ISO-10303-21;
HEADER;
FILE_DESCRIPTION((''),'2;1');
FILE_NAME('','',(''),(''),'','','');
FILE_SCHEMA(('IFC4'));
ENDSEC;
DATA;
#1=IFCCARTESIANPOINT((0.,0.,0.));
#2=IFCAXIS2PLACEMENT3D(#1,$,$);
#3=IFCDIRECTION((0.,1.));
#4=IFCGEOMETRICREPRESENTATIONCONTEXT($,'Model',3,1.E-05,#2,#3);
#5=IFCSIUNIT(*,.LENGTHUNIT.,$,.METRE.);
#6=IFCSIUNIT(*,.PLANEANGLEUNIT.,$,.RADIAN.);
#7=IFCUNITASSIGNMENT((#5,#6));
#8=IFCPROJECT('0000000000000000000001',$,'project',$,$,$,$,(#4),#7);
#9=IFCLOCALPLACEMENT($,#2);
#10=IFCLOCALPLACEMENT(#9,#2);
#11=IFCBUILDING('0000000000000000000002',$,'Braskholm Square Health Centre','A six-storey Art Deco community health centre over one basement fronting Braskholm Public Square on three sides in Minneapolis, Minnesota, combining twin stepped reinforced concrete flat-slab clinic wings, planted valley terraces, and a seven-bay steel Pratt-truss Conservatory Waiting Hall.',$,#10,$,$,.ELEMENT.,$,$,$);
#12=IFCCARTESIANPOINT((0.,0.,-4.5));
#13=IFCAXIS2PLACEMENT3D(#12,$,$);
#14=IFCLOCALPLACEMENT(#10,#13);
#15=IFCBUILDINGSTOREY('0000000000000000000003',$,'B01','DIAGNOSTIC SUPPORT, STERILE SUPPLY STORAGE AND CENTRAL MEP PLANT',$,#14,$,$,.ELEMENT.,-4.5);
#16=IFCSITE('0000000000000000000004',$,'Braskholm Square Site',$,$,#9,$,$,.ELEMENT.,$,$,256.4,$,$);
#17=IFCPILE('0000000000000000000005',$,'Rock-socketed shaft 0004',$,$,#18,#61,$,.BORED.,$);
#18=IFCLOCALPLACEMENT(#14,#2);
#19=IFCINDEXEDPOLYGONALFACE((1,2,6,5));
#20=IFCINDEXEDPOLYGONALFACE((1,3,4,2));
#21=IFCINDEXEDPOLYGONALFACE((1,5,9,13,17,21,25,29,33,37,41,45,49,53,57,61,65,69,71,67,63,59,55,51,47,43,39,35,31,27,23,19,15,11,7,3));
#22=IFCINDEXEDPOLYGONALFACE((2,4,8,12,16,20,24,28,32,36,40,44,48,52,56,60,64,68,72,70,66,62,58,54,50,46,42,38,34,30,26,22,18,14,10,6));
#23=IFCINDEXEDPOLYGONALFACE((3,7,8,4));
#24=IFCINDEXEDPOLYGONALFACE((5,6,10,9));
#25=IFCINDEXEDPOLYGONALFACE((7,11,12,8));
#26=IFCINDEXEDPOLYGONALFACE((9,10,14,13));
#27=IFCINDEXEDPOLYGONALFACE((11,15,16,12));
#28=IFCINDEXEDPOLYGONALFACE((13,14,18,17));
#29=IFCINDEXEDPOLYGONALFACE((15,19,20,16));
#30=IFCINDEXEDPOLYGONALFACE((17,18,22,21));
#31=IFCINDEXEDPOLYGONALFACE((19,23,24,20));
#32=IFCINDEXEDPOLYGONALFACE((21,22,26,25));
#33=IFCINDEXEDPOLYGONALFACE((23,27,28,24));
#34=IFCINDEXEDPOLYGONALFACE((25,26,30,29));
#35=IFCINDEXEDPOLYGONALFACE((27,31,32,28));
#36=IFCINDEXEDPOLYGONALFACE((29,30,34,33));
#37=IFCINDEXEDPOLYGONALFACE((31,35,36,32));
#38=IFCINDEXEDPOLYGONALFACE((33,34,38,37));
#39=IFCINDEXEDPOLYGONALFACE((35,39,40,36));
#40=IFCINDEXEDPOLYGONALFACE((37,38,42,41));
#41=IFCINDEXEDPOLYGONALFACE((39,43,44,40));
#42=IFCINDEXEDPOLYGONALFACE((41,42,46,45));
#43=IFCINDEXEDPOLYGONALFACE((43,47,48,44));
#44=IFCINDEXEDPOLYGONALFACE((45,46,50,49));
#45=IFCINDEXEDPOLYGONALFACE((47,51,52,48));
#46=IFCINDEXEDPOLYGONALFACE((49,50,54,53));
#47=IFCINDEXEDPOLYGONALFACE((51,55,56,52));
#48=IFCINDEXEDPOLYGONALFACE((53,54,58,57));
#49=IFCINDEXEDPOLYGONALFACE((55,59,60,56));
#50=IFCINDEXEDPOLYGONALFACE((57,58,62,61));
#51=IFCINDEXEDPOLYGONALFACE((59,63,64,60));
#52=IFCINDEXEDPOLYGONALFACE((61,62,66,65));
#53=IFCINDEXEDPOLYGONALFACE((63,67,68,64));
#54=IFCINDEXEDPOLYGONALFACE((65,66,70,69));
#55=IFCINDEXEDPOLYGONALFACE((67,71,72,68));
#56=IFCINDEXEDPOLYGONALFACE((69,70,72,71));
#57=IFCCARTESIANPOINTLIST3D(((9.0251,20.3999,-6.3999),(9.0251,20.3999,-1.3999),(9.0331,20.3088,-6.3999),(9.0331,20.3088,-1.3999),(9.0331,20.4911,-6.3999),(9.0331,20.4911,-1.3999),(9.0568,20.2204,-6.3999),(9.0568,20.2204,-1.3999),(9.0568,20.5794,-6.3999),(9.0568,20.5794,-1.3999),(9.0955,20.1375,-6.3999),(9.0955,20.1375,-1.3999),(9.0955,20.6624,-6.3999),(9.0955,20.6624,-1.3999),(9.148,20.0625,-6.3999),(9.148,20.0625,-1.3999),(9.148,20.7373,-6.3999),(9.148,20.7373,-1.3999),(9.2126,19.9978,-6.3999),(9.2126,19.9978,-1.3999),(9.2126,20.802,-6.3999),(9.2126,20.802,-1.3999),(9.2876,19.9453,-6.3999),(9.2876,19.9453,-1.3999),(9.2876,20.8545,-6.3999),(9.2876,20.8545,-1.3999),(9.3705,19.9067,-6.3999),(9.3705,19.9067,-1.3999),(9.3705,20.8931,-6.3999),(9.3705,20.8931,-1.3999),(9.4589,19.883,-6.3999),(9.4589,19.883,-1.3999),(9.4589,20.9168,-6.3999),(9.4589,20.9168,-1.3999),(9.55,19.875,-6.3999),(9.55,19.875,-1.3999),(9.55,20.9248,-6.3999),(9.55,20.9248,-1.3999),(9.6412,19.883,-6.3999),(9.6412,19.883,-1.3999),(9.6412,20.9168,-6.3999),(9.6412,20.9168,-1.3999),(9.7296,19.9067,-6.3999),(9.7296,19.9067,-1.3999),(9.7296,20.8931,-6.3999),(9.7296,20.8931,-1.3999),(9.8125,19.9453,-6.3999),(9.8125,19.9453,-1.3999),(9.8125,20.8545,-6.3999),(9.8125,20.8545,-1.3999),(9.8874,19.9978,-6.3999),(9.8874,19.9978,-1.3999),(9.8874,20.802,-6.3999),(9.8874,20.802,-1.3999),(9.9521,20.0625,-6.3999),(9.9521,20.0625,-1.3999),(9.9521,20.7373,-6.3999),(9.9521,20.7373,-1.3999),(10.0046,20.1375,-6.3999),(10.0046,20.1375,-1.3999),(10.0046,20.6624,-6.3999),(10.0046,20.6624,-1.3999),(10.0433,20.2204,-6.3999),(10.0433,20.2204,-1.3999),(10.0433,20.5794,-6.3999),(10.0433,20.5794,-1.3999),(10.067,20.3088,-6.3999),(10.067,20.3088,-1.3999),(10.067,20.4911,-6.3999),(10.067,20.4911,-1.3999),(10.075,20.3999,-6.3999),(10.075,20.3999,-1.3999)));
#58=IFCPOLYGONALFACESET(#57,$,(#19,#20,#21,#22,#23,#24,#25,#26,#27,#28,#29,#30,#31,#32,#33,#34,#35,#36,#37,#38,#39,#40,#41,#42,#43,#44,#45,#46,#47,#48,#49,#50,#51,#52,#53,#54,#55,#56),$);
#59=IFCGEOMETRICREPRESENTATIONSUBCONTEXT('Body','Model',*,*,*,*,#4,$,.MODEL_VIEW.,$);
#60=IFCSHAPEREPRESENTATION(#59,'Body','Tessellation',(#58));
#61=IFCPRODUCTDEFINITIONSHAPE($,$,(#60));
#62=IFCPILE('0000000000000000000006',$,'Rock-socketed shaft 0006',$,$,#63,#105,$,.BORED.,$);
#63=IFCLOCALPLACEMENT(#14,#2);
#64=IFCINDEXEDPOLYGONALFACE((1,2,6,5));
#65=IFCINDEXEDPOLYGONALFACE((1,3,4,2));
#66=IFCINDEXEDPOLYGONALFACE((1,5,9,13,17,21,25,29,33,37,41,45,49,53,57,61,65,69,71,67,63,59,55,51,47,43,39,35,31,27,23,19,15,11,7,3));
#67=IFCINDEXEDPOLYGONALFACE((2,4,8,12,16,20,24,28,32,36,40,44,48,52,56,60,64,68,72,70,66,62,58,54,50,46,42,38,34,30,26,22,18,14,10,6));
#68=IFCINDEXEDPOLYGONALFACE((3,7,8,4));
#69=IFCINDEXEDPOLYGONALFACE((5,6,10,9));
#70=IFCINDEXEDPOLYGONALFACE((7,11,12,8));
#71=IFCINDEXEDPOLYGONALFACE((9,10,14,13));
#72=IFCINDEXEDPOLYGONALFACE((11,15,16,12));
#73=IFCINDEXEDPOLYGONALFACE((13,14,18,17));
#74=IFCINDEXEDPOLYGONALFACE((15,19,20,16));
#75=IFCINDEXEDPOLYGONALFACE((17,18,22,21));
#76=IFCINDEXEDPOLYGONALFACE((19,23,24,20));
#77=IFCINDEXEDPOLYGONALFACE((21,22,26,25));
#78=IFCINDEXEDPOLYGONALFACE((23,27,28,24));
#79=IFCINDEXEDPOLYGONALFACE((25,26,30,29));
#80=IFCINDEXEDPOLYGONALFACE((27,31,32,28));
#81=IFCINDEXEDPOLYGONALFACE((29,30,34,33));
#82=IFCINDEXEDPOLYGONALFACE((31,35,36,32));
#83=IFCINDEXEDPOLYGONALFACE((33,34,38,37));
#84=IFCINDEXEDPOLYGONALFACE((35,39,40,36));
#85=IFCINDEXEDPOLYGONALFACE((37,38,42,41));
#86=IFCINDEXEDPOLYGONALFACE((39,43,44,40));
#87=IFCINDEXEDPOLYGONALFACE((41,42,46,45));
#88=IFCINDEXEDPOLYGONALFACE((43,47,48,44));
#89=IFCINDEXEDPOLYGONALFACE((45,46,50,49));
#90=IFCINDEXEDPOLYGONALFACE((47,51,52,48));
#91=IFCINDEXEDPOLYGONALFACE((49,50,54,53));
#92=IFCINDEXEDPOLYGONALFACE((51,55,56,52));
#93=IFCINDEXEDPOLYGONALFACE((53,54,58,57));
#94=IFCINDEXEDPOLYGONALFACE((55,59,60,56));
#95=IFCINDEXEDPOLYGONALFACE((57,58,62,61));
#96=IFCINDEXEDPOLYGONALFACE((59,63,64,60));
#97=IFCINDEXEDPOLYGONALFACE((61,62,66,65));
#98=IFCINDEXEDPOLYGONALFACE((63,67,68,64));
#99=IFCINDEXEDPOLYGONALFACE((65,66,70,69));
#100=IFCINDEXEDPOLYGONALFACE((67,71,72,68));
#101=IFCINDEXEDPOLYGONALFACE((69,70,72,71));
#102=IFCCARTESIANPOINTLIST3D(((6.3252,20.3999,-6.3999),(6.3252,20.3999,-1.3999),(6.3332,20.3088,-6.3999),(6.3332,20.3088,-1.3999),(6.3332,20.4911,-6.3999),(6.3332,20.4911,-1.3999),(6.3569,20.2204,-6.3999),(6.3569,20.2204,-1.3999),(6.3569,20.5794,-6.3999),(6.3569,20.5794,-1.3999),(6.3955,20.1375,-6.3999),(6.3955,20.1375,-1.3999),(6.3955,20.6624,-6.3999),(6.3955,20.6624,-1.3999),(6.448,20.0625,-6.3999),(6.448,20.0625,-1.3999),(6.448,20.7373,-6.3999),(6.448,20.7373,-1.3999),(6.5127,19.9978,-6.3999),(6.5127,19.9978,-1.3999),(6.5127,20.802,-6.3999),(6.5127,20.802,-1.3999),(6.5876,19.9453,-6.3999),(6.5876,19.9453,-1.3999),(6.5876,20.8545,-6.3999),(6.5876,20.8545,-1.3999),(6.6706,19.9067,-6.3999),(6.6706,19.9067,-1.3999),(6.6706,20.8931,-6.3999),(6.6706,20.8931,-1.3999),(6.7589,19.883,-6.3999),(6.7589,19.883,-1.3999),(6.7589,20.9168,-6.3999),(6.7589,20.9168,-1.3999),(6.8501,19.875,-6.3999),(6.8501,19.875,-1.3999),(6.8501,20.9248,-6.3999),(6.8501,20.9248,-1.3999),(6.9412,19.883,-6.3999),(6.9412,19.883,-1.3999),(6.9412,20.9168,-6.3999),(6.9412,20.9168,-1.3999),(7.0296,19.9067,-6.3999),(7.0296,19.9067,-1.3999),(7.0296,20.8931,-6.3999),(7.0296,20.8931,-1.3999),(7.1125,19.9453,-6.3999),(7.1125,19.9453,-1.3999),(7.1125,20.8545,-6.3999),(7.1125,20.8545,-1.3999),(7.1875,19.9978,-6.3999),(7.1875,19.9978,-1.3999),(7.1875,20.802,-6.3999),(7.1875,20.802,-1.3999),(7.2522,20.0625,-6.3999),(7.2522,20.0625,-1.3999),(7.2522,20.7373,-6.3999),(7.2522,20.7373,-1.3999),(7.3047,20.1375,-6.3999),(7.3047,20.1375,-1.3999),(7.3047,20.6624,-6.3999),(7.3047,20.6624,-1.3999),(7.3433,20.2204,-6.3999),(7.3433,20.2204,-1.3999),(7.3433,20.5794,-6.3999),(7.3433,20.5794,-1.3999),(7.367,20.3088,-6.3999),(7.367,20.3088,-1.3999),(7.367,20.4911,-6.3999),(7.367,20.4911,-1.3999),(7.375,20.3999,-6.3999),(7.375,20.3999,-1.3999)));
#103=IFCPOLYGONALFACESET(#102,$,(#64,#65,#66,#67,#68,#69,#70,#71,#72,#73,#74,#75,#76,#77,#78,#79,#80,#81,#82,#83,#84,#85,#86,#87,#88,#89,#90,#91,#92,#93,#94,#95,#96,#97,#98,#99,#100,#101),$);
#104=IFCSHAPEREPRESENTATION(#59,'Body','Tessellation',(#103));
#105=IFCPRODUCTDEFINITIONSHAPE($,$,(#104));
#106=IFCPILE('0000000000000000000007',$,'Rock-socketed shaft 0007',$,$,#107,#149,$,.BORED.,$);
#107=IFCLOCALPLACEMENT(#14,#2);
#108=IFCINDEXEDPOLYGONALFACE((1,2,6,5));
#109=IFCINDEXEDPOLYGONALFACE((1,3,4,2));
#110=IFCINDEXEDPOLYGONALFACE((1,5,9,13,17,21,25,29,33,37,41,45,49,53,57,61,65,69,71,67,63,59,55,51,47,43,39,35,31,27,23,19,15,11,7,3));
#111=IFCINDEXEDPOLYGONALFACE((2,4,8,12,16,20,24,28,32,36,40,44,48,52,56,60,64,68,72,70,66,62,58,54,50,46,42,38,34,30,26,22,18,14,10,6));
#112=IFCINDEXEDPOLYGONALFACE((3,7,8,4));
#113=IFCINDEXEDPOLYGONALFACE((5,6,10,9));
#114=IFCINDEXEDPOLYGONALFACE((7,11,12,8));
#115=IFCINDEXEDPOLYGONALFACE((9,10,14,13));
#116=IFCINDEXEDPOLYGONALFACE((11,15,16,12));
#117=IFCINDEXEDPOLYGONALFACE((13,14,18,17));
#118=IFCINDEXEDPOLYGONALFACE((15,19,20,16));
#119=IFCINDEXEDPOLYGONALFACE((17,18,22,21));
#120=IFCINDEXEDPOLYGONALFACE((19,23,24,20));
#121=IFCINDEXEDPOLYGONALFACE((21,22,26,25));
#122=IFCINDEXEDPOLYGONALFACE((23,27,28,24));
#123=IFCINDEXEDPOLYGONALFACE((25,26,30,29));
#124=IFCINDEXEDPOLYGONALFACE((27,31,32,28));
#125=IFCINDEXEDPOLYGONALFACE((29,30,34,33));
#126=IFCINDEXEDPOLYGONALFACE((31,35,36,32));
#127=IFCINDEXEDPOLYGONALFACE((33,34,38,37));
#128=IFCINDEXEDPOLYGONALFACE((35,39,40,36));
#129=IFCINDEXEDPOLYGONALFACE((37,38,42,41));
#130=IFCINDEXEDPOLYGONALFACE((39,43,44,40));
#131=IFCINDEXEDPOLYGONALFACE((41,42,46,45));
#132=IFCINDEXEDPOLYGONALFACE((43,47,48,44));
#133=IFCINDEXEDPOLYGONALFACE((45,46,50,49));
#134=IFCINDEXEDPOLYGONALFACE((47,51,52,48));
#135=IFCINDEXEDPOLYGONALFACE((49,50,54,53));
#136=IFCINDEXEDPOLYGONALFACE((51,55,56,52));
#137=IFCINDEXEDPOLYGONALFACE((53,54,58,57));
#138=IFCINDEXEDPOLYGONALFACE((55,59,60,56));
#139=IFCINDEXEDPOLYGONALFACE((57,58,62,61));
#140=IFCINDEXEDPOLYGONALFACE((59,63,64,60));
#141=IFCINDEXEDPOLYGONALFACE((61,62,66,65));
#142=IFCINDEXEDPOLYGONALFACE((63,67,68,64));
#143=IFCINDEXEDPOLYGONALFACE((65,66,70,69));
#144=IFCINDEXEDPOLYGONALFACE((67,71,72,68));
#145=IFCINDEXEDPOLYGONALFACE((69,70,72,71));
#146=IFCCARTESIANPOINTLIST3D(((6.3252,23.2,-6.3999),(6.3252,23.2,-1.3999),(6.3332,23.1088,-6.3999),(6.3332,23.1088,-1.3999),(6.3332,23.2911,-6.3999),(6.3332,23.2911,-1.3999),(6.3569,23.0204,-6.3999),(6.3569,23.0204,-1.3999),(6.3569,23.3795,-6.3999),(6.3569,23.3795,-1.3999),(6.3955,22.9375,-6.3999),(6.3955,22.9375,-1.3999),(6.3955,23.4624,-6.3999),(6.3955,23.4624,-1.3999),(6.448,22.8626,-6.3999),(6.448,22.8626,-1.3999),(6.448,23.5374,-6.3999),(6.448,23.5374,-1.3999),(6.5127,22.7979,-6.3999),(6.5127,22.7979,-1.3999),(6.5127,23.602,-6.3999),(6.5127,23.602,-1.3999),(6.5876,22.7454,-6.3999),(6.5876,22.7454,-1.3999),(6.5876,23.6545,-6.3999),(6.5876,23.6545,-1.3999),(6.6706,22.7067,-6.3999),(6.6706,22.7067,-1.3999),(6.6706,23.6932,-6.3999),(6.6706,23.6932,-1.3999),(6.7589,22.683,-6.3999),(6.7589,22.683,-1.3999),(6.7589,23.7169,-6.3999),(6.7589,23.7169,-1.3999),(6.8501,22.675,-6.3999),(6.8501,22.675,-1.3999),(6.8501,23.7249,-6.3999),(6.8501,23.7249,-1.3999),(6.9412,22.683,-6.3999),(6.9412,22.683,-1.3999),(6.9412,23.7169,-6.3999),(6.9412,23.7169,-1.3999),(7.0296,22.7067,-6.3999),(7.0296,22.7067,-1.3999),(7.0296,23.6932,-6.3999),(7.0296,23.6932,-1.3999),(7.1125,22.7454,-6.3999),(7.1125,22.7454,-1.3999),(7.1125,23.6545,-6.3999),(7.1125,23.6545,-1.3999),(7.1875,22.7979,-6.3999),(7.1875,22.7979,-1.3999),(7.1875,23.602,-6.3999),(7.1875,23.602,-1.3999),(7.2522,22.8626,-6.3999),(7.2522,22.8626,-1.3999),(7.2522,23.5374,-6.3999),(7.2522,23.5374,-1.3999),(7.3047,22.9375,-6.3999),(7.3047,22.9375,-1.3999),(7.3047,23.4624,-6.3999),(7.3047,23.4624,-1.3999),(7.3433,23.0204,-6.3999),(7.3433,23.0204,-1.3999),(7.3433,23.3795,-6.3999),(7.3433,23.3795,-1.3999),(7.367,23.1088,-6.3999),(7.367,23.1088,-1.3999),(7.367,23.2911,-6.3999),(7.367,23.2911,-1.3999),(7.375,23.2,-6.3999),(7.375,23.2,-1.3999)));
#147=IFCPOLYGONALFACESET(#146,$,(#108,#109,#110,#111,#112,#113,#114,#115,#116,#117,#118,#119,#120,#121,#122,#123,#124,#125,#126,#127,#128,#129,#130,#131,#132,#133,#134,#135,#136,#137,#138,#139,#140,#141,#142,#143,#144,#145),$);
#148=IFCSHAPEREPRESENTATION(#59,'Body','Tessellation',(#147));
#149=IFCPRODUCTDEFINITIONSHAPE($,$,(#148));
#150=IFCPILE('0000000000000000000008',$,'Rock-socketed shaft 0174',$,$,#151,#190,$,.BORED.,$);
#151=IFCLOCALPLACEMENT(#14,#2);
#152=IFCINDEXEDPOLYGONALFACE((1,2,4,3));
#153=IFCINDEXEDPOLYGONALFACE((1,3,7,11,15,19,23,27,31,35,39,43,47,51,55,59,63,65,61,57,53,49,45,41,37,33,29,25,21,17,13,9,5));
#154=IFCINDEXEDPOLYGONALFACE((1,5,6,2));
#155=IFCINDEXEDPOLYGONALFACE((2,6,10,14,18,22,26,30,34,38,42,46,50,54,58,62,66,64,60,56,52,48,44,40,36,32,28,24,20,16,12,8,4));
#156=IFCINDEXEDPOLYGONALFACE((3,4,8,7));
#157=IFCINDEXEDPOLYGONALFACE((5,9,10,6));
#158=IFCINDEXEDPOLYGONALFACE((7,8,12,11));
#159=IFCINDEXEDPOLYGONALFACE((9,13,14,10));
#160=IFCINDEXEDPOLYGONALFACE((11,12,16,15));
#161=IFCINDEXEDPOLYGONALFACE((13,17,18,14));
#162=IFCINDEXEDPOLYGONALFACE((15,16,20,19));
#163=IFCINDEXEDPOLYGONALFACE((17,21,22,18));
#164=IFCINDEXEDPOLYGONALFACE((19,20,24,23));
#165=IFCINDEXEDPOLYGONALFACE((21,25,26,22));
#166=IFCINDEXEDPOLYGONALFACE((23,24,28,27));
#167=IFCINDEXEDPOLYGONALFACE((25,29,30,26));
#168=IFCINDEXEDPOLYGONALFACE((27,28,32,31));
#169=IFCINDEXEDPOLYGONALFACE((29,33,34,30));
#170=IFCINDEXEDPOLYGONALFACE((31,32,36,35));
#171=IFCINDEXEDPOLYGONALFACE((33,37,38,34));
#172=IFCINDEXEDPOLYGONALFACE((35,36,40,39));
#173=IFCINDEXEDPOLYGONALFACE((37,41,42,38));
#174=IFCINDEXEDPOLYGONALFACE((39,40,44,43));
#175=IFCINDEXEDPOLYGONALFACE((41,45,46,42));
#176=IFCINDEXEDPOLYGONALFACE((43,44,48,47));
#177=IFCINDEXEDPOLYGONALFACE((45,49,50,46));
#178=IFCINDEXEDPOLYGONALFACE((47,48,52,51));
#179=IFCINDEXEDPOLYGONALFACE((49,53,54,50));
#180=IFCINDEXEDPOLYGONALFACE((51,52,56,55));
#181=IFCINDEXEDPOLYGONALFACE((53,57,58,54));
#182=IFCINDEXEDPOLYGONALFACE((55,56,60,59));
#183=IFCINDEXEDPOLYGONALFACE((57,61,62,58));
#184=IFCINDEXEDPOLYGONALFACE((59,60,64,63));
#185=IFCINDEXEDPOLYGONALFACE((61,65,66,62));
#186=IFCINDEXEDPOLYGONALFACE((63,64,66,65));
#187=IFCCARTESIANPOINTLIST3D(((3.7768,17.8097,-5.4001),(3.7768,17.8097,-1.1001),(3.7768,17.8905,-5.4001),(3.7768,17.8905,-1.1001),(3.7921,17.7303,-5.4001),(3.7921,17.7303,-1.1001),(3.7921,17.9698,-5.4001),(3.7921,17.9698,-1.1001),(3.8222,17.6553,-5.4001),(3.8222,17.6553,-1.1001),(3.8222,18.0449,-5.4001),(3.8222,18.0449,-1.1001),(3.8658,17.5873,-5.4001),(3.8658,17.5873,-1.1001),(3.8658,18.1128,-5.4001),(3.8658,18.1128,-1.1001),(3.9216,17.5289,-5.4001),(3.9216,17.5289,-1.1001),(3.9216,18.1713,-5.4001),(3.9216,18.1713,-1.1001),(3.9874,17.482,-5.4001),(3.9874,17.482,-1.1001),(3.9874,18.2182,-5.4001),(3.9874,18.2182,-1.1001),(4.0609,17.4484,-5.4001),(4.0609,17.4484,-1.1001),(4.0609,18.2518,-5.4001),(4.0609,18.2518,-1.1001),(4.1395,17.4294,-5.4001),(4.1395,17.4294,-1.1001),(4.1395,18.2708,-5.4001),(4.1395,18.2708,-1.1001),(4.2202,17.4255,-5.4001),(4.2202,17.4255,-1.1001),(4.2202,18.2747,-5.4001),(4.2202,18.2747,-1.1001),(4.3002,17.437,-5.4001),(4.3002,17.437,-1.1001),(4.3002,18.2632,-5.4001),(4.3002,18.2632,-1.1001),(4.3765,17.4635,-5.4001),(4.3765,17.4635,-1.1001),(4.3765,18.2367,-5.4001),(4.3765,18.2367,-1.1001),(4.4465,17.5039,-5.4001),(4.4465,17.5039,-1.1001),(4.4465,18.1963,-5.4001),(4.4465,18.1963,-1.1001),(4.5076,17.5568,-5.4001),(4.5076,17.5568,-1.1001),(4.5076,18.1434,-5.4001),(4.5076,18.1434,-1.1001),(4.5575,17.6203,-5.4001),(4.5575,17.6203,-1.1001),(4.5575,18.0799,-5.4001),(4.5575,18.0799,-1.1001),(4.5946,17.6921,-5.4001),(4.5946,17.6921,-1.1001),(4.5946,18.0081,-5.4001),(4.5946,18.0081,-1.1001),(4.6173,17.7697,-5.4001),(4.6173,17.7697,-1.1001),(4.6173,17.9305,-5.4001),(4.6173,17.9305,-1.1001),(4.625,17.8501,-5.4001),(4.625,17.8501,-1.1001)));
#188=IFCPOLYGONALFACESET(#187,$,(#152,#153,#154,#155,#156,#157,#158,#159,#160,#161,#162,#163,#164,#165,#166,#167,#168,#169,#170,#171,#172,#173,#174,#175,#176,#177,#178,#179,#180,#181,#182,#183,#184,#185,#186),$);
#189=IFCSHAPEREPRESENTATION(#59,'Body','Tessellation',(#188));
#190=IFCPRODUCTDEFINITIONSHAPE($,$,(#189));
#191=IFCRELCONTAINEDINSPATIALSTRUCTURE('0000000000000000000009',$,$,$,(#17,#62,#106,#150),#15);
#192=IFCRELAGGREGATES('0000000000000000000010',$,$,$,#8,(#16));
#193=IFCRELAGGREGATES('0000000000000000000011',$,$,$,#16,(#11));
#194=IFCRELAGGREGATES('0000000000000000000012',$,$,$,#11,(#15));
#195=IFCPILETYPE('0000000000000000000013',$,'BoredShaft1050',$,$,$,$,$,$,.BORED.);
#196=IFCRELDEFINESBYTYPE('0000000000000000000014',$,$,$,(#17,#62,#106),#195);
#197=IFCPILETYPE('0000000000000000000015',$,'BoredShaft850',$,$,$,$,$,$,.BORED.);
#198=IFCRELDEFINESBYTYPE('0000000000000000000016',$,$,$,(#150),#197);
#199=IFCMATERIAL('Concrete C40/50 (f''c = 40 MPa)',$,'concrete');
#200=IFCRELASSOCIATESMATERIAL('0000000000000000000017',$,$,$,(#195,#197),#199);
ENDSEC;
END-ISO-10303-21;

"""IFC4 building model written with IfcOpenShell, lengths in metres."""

from ifc_helpers import new_model, si_unit, direction, frame, origin, origin_2d, place, context, subcontext, project, spatial, circle, extrude, material, material_profile, profile_set, type_object, element, save


model = new_model("IFC4")

# Units and contexts
model_context = context("Model", 3, precision=1e-05, world=origin(), true_north=direction((0.0, 1.0)))
body_context = subcontext(model_context, "Body", "Model", "MODEL_VIEW")
ifc_project = project(units=[si_unit("LENGTHUNIT", "METRE"), si_unit("PLANEANGLEUNIT", "RADIAN")], contexts=[model_context])

# Site, building, storey
site_placement = place(None, origin())
site = spatial("IfcSite", under=ifc_project, at=site_placement, Name="Braskholm Square Site", CompositionType="ELEMENT", RefElevation=256.4)
building_placement = place(site_placement, origin())
building = spatial("IfcBuilding", under=site, at=building_placement, Name="Braskholm Square Health Centre", Description="A six-storey Art Deco community health centre over one basement fronting Braskholm Public Square on three sides in Minneapolis, Minnesota, combining twin stepped reinforced concrete flat-slab clinic wings, planted valley terraces, and a seven-bay steel Pratt-truss Conservatory Waiting Hall.", CompositionType="ELEMENT")
storey_placement = place(building_placement, frame((0.0, 0.0, -4.5)))
storey = spatial("IfcBuildingStorey", under=building, at=storey_placement, Name="B01", Description="DIAGNOSTIC SUPPORT, STERILE SUPPLY STORAGE AND CENTRAL MEP PLANT", CompositionType="ELEMENT", Elevation=-4.5)

# Piles
ifc_material_1 = material(Name="Concrete C40/50 (f'c = 40 MPa)", Category="concrete")
ifc_material_profile_1 = material_profile(ifc_material_1, circle(Radius=0.5249, at=origin_2d()), Name="BORED-PILE-1050")
ifc_profile_set_1 = profile_set([ifc_material_profile_1], Name="Concrete C40/50 (f'c = 40 MPa)")
pile_type_1 = type_object("IfcPileType", Name="BoredShaft1050", PredefinedType="BORED", material=ifc_profile_set_1)
for number, where, z_axis, x_axis, name in (
    (1, (9.55, 20.3999, -1.3999), (0.0, 0.0, -1.0), (1.0, 0.0, 0.0), "Rock-socketed shaft 0004"),
    (2, (6.8501, 20.3999, -1.3999), (0.0, 0.0, -1.0), (1.0, 0.0, 0.0), "Rock-socketed shaft 0006"),
    (3, (6.8501, 23.2, -1.3999), (0.0, 0.0, -1.0), (1.0, 0.0, 0.0), "Rock-socketed shaft 0007"),
):
    element("IfcPile", number, at=place(storey_placement, frame(where, z_axis=z_axis, x_axis=x_axis)), inside=storey, type_object=pile_type_1, Name=name, PredefinedType="BORED", context=body_context, shape_type="SweptSolid", body=[
        extrude(circle(Radius=0.5249, at=origin_2d()), origin(), (0.0, 0.0, 1.0), 5.0),
    ])
ifc_material_profile_2 = material_profile(ifc_material_1, circle(Radius=0.425, at=origin_2d()), Name="BORED-PILE-850")
ifc_profile_set_2 = profile_set([ifc_material_profile_2], Name="Concrete C40/50 (f'c = 40 MPa)")
pile_type_2 = type_object("IfcPileType", Name="BoredShaft850", PredefinedType="BORED", material=ifc_profile_set_2)
for number, where, z_axis, x_axis, name in (
    (4, (4.2, 17.8501, -1.1001), (0.0, 0.0, -1.0), (1.0, 0.0, 0.0), "Rock-socketed shaft 0174"),
):
    element("IfcPile", number, at=place(storey_placement, frame(where, z_axis=z_axis, x_axis=x_axis)), inside=storey, type_object=pile_type_2, Name=name, PredefinedType="BORED", context=body_context, shape_type="SweptSolid", body=[
        extrude(circle(Radius=0.425, at=origin_2d()), origin(), (0.0, 0.0, 1.0), 4.3),
    ])

save(model, "model.ifc")
